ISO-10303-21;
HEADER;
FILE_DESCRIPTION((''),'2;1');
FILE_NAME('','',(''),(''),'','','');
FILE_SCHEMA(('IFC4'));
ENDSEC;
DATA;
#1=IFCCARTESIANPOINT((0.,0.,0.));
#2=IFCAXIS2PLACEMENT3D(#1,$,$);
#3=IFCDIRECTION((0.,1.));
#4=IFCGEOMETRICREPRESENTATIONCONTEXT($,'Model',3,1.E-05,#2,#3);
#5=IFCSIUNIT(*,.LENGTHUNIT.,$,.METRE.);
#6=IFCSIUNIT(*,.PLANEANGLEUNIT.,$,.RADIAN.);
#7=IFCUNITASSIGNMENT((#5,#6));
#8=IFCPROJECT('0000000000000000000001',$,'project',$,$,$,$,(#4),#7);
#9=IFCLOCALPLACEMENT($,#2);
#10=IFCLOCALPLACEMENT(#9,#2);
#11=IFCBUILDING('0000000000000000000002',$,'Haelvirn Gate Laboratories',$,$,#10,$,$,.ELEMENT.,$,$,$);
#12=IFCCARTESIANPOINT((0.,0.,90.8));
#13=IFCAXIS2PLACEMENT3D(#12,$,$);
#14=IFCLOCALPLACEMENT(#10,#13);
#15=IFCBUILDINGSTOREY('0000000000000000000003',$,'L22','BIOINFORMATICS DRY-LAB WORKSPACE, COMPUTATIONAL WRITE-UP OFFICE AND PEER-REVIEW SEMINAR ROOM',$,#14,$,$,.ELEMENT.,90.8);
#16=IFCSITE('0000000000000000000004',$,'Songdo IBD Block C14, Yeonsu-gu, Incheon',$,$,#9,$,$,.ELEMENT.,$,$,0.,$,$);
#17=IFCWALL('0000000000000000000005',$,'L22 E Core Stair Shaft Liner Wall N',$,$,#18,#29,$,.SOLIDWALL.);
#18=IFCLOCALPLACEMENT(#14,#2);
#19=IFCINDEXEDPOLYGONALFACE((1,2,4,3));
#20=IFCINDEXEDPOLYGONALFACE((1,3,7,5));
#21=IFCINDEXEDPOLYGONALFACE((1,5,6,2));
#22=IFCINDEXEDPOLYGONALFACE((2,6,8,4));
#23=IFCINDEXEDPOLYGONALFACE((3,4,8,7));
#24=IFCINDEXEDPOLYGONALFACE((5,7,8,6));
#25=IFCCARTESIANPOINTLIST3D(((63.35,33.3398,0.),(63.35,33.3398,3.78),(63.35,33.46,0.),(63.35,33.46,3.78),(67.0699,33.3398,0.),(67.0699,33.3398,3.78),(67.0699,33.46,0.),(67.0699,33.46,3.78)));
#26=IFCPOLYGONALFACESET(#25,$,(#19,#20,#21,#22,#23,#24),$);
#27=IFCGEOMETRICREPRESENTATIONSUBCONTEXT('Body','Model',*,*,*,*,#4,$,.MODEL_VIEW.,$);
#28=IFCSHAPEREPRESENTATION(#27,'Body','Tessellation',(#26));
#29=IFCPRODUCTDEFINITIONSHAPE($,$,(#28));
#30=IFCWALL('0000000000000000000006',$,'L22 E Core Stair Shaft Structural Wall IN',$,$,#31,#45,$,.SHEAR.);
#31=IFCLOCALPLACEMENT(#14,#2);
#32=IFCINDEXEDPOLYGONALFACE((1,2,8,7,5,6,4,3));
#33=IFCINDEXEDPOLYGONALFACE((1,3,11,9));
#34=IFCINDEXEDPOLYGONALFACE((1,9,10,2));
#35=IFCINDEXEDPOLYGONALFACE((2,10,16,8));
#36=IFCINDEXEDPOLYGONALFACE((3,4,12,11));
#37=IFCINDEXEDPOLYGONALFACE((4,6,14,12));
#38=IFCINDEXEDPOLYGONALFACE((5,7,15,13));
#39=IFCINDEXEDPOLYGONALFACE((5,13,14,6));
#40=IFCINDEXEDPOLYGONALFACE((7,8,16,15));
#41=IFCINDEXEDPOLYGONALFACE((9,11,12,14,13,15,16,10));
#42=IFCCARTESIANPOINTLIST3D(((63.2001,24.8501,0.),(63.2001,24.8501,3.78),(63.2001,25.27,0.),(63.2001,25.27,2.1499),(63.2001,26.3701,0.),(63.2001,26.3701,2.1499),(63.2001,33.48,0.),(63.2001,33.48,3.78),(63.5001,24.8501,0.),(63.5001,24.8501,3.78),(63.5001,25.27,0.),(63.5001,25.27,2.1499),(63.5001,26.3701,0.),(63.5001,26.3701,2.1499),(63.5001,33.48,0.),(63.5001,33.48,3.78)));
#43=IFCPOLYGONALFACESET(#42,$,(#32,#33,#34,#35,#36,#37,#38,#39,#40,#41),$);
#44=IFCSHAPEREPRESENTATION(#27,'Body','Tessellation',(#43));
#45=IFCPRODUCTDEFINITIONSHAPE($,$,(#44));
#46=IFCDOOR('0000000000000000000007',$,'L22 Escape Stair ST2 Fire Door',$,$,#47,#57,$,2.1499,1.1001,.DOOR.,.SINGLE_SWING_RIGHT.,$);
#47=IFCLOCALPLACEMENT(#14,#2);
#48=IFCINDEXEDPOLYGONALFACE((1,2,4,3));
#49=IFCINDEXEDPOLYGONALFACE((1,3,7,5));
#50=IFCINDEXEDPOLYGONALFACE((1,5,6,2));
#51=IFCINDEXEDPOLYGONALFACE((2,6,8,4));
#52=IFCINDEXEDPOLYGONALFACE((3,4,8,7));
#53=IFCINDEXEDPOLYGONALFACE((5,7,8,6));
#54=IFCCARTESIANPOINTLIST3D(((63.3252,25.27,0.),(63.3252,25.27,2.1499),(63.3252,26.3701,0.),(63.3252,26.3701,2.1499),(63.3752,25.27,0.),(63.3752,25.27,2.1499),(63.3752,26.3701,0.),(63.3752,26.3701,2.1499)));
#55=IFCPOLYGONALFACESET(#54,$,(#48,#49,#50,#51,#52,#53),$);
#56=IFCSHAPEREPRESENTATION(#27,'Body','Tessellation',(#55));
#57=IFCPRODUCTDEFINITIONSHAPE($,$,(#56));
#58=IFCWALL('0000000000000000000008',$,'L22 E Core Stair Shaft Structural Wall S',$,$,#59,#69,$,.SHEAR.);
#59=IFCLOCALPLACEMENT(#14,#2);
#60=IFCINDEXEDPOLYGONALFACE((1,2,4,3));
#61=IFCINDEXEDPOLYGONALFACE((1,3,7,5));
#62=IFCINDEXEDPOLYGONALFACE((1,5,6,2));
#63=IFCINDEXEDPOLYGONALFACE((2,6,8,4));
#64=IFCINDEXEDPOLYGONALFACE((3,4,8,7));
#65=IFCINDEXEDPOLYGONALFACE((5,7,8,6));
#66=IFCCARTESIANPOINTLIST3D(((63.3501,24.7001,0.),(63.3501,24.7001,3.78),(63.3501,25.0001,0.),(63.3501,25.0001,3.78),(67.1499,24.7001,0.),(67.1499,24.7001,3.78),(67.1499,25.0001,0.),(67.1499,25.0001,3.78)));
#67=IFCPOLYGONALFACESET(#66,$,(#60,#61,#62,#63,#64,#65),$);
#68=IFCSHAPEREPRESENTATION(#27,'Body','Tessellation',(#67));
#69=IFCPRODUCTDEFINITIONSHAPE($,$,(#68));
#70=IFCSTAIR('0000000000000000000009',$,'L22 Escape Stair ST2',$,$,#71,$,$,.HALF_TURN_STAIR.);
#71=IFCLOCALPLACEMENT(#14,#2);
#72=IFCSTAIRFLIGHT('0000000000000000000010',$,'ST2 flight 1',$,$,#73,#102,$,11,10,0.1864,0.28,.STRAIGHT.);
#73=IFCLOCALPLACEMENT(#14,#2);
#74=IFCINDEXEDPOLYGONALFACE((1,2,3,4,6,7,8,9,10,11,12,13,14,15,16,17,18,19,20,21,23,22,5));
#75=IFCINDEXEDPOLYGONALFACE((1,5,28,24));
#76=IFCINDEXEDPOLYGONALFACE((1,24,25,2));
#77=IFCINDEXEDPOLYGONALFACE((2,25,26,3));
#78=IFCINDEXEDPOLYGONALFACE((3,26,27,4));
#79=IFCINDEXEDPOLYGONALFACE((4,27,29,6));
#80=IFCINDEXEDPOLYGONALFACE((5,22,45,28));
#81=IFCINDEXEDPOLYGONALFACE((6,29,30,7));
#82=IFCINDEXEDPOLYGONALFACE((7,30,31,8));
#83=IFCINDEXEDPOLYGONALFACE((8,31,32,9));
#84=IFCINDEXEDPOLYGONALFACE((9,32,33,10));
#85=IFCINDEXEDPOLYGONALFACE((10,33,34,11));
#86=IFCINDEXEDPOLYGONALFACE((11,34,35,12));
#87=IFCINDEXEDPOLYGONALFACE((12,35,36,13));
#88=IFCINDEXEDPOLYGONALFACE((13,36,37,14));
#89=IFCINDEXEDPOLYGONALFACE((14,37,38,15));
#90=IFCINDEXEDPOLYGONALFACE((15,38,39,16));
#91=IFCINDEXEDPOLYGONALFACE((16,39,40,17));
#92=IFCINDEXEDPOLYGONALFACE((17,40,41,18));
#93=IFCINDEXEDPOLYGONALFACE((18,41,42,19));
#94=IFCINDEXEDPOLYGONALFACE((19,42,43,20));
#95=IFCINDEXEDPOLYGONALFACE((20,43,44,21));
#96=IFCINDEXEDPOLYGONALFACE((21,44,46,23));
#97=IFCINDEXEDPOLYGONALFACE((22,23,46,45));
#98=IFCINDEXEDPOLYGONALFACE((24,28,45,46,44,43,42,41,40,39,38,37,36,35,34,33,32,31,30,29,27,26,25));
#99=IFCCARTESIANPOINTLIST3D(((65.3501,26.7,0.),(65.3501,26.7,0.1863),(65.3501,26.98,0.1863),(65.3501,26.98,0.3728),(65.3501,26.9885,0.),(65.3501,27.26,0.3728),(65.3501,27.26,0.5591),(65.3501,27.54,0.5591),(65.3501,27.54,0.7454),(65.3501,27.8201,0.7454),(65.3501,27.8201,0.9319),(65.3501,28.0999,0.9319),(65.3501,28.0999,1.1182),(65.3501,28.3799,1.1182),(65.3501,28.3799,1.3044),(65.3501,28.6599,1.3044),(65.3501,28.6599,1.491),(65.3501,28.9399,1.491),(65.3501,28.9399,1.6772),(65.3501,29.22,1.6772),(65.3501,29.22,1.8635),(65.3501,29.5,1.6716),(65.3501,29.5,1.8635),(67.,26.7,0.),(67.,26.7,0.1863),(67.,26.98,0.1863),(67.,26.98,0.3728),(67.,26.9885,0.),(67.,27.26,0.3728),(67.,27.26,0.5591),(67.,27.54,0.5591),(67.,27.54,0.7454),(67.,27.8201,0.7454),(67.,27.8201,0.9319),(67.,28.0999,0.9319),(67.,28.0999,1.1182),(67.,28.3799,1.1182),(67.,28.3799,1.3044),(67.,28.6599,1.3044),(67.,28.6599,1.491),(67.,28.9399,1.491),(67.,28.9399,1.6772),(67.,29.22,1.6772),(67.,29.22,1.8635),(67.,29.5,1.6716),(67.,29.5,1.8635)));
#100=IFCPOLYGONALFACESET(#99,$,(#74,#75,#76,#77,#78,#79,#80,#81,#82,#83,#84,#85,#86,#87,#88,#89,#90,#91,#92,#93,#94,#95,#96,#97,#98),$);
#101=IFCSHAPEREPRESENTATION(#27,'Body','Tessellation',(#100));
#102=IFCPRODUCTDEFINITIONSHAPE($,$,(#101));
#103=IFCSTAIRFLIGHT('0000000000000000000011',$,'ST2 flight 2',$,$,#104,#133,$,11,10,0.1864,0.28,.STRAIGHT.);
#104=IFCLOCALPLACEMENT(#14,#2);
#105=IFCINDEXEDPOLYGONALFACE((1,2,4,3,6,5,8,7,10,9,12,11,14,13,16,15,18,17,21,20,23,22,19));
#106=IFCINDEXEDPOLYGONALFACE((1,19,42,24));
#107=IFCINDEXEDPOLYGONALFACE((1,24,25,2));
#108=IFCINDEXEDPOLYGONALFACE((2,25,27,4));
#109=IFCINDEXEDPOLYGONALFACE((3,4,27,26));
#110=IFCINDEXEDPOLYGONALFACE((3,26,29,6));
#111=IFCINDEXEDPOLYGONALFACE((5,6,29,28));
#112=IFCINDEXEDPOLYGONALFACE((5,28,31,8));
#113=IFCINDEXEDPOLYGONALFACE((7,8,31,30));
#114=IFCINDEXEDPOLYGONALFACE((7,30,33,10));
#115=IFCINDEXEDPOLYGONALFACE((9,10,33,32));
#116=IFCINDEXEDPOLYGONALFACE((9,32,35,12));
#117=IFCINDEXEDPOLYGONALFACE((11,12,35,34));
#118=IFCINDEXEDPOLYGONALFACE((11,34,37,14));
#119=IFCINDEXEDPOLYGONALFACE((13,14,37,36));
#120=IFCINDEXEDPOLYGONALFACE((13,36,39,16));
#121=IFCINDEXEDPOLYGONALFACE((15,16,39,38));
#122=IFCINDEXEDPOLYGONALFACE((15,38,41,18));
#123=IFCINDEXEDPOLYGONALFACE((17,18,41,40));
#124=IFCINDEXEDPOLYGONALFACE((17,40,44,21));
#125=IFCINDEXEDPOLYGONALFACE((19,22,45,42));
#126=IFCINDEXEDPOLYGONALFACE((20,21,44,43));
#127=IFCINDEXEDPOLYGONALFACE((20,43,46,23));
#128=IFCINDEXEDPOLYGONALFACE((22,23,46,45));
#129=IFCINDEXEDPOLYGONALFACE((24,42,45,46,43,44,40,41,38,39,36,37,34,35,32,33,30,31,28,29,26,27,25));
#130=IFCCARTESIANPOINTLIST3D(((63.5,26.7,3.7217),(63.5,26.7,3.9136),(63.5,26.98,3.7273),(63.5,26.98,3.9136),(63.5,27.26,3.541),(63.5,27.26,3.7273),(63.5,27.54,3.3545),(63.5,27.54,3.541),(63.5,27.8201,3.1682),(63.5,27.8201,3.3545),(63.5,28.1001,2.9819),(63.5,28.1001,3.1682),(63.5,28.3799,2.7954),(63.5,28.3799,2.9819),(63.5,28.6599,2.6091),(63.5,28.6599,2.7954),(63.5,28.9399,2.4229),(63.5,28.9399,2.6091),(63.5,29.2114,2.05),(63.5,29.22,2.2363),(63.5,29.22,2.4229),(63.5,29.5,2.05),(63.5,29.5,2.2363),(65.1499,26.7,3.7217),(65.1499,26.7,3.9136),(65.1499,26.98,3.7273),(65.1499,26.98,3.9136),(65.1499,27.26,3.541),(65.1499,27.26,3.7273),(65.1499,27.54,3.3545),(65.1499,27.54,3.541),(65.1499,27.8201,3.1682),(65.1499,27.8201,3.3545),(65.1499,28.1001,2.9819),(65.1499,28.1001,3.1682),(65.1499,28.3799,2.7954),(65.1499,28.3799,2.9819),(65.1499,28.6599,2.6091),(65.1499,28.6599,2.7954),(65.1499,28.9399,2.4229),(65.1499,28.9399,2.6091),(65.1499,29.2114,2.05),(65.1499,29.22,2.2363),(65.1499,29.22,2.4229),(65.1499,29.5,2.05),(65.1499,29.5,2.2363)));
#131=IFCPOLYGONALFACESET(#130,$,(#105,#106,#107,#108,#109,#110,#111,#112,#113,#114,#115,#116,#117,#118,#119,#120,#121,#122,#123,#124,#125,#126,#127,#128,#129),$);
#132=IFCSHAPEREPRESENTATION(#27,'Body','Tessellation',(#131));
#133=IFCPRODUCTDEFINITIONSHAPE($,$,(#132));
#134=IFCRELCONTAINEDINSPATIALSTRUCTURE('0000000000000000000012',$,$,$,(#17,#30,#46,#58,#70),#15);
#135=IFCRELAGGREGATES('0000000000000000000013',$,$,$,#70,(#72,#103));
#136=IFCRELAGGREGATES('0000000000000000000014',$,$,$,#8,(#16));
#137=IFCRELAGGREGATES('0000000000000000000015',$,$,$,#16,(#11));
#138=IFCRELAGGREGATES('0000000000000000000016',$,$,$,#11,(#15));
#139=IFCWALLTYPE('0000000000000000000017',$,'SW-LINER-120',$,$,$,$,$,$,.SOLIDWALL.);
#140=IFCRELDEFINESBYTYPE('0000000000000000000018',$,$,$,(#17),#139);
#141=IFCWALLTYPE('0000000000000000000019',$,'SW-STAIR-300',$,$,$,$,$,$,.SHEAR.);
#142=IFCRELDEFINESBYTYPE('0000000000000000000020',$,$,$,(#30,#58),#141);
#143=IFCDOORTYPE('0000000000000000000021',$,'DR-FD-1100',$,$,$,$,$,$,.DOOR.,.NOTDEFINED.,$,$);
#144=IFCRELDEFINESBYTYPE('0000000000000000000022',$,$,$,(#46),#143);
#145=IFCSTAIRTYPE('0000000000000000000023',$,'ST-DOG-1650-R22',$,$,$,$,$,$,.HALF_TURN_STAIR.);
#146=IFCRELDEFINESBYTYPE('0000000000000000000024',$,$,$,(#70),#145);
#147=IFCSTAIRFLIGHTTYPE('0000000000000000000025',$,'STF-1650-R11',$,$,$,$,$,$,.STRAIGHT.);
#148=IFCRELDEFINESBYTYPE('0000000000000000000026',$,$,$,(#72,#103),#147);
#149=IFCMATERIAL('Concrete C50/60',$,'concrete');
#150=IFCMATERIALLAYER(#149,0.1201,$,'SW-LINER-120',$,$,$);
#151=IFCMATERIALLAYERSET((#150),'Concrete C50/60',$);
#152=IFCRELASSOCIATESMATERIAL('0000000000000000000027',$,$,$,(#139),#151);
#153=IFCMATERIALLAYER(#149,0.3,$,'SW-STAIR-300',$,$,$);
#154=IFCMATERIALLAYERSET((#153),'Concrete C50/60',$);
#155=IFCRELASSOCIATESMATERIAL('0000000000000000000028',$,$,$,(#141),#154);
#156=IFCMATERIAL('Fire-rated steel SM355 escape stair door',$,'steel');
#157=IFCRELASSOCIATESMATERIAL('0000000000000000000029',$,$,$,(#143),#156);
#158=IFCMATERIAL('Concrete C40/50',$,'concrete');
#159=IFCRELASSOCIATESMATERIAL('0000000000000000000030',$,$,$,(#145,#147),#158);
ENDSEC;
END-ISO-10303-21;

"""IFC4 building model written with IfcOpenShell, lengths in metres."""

from ifc_helpers import new_model, si_unit, direction, frame, frame_2d, origin, place, context, subcontext, project, spatial, polyline, rectangle, outline, extrude, source, transform, mapped, material, layer, layer_set, type_object, type_shapes, element, fill, aggregate, save


model = new_model("IFC4")

# Units and contexts
model_context = context("Model", 3, precision=1e-05, world=origin(), true_north=direction((0.0, 1.0)))
body_context = subcontext(model_context, "Body", "Model", "MODEL_VIEW")
ifc_project = project(units=[si_unit("LENGTHUNIT", "METRE"), si_unit("PLANEANGLEUNIT", "RADIAN")], contexts=[model_context])

# Site, building, storey
site_placement = place(None, origin())
site = spatial("IfcSite", under=ifc_project, at=site_placement, Name="Songdo IBD Block C14, Yeonsu-gu, Incheon", CompositionType="ELEMENT", RefElevation=0.0)
building_placement = place(site_placement, origin())
building = spatial("IfcBuilding", under=site, at=building_placement, Name="Haelvirn Gate Laboratories", CompositionType="ELEMENT")
storey_placement = place(building_placement, frame((0.0, 0.0, 90.8)))
storey = spatial("IfcBuildingStorey", under=building, at=storey_placement, Name="L22", Description="BIOINFORMATICS DRY-LAB WORKSPACE, COMPUTATIONAL WRITE-UP OFFICE AND PEER-REVIEW SEMINAR ROOM", CompositionType="ELEMENT", Elevation=90.8)

# Wall
ifc_material_1 = material(Name="Concrete C40/50", Category="concrete")
ifc_material_2 = material(Name="Concrete C50/60", Category="concrete")
ifc_layer_1 = layer(ifc_material_2, 0.1201, Name="SW-LINER-120")
ifc_layer_set_1 = layer_set([ifc_layer_1], Name="Concrete C50/60")
wall_type_1 = type_object("IfcWallType", Name="SW-LINER-120", PredefinedType="SOLIDWALL", material=ifc_layer_set_1)
wall_1_placement = place(storey_placement, frame((63.3501, 33.3999, 0.0), z_axis=(0.0, 0.0, 1.0), x_axis=(1.0, 0.0, 0.0)))
element("IfcWall", 1, at=wall_1_placement, inside=storey, type_object=wall_type_1, Name="L22 E Core Stair Shaft Liner Wall N", PredefinedType="SOLIDWALL", context=body_context, shape_type="SweptSolid", body=[
    extrude(rectangle(XDim=3.72, YDim=0.1201, at=frame_2d((1.8599, 0.0))), origin(), (0.0, 0.0, 1.0), 3.78),
])

# Wall, opening, door
ifc_layer_2 = layer(ifc_material_2, 0.3, Name="SW-STAIR-300")
ifc_layer_set_2 = layer_set([ifc_layer_2], Name="Concrete C50/60")
wall_type_2 = type_object("IfcWallType", Name="SW-STAIR-300", PredefinedType="SHEAR", material=ifc_layer_set_2)
wall_2_placement = place(storey_placement, frame((63.3501, 24.8501, 0.0), z_axis=(0.0, 0.0, 1.0), x_axis=(0.0, 1.0, 0.0)))
wall_2 = element("IfcWall", 2, at=wall_2_placement, inside=storey, type_object=wall_type_2, Name="L22 E Core Stair Shaft Structural Wall IN", PredefinedType="SHEAR", context=body_context, shape_type="SweptSolid", body=[
    extrude(rectangle(XDim=8.6299, YDim=0.3, at=frame_2d((4.3149, 0.0))), origin(), (0.0, 0.0, 1.0), 3.78),
])
opening_1_placement = place(wall_2_placement, frame((0.4199, 0.0, 0.0)))
opening_1 = element("IfcOpeningElement", 3, at=opening_1_placement, cuts=wall_2, PredefinedType="OPENING", context=body_context, shape_type="SweptSolid", body=[
    extrude(rectangle(XDim=1.1001, YDim=2.1499, at=frame_2d((0.55, 1.075))), frame((0.0, 0.1602, 0.0), z_axis=(0.0, -1.0, 0.0), x_axis=(1.0, 0.0, 0.0)), (0.0, 0.0, 1.0), 0.3201),
])
ifc_material_3 = material(Name="Fire-rated steel SM355 escape stair door", Category="steel")
door_type_1 = type_object("IfcDoorType", Name="DR-FD-1100", OperationType="NOTDEFINED", PredefinedType="DOOR", material=ifc_material_3)
shared_shape_1 = source(origin(), body_context, "Body", "SweptSolid", [
    extrude(rectangle(XDim=1.1001, YDim=2.1499, at=frame_2d((0.55, 1.075))), frame((0.0, 0.0249, 0.0), z_axis=(0.0, -1.0, 0.0), x_axis=(1.0, 0.0, 0.0)), (0.0, 0.0, 1.0), 0.05),
])
type_shapes(door_type_1, [shared_shape_1])
door_1_placement = place(opening_1_placement, origin())
door_1 = element("IfcDoor", 4, at=door_1_placement, inside=storey, type_object=door_type_1, Name="L22 Escape Stair ST2 Fire Door", OperationType="SINGLE_SWING_RIGHT", OverallHeight=2.1499, OverallWidth=1.1001, PredefinedType="DOOR", context=body_context, shape_type="MappedRepresentation", body=[
    mapped(shared_shape_1, transform((0.0, 0.0, 0.0), scale=1.0)),
])
fill(opening_1, door_1)

# Wall
wall_3_placement = place(storey_placement, frame((63.3501, 24.8501, 0.0), z_axis=(0.0, 0.0, 1.0), x_axis=(1.0, 0.0, 0.0)))
element("IfcWall", 5, at=wall_3_placement, inside=storey, type_object=wall_type_2, Name="L22 E Core Stair Shaft Structural Wall S", PredefinedType="SHEAR", context=body_context, shape_type="SweptSolid", body=[
    extrude(rectangle(XDim=3.7998, YDim=0.3, at=frame_2d((1.8999, 0.0))), origin(), (0.0, 0.0, 1.0), 3.78),
])

# Stair, stair flights
stair_type = type_object("IfcStairType", Name="ST-DOG-1650-R22", PredefinedType="HALF_TURN_STAIR", material=ifc_material_1)
stair_placement = place(storey_placement, origin())
stair = element("IfcStair", 6, at=stair_placement, inside=storey, type_object=stair_type, Name="L22 Escape Stair ST2", PredefinedType="HALF_TURN_STAIR")
stair_flight_type = type_object("IfcStairFlightType", Name="STF-1650-R11", PredefinedType="STRAIGHT", material=ifc_material_1)
shared_shape_2 = source(origin(), body_context, "Body", "SweptSolid", [
    extrude(outline(polyline([(0.0, 0.0), (0.0, 0.1863), (0.28, 0.1863), (0.28, 0.3728), (0.5601, 0.3728), (0.5601, 0.5591), (0.8401, 0.5591), (0.8401, 0.7454), (1.1201, 0.7454), (1.1201, 0.9319), (1.3999, 0.9319), (1.3999, 1.1182), (1.6799, 1.1182), (1.6799, 1.3044), (1.96, 1.3044), (1.96, 1.491), (2.24, 1.491), (2.24, 1.6772), (2.52, 1.6772), (2.52, 1.8635), (2.8, 1.8635), (2.8, 2.05), (2.8, 1.6716), (0.2886, 0.0), (0.0, 0.0)])), frame((0.0, 0.825, 0.0), z_axis=(0.0, -1.0, 0.0), x_axis=(1.0, 0.0, 0.0)), (0.0, 0.0, 1.0), 1.6499),
])
type_shapes(stair_flight_type, [shared_shape_2])
stair_flight_1_placement = place(storey_placement, frame((66.175, 26.7, 0.0), z_axis=(0.0, 0.0, 1.0), x_axis=(0.0, 1.0, 0.0)))
stair_flight_1 = element("IfcStairFlight", 7, at=stair_flight_1_placement, type_object=stair_flight_type, Name="ST2 flight 1", NumberOfRisers=11, NumberOfTreads=10, PredefinedType="STRAIGHT", RiserHeight=0.1864, TreadLength=0.28, context=body_context, shape_type="MappedRepresentation", body=[
    mapped(shared_shape_2, transform((0.0, 0.0, 0.0), scale=1.0)),
])
stair_flight_2_placement = place(storey_placement, frame((64.325, 29.5, 2.05), z_axis=(0.0, 0.0, 1.0), x_axis=(0.0, -1.0, 0.0)))
stair_flight_2 = element("IfcStairFlight", 8, at=stair_flight_2_placement, type_object=stair_flight_type, Name="ST2 flight 2", NumberOfRisers=11, NumberOfTreads=10, PredefinedType="STRAIGHT", RiserHeight=0.1864, TreadLength=0.28, context=body_context, shape_type="MappedRepresentation", body=[
    mapped(shared_shape_2, transform((0.0, 0.0, 0.0), scale=1.0)),
])
aggregate(stair, [stair_flight_1, stair_flight_2])

save(model, "model.ifc")
